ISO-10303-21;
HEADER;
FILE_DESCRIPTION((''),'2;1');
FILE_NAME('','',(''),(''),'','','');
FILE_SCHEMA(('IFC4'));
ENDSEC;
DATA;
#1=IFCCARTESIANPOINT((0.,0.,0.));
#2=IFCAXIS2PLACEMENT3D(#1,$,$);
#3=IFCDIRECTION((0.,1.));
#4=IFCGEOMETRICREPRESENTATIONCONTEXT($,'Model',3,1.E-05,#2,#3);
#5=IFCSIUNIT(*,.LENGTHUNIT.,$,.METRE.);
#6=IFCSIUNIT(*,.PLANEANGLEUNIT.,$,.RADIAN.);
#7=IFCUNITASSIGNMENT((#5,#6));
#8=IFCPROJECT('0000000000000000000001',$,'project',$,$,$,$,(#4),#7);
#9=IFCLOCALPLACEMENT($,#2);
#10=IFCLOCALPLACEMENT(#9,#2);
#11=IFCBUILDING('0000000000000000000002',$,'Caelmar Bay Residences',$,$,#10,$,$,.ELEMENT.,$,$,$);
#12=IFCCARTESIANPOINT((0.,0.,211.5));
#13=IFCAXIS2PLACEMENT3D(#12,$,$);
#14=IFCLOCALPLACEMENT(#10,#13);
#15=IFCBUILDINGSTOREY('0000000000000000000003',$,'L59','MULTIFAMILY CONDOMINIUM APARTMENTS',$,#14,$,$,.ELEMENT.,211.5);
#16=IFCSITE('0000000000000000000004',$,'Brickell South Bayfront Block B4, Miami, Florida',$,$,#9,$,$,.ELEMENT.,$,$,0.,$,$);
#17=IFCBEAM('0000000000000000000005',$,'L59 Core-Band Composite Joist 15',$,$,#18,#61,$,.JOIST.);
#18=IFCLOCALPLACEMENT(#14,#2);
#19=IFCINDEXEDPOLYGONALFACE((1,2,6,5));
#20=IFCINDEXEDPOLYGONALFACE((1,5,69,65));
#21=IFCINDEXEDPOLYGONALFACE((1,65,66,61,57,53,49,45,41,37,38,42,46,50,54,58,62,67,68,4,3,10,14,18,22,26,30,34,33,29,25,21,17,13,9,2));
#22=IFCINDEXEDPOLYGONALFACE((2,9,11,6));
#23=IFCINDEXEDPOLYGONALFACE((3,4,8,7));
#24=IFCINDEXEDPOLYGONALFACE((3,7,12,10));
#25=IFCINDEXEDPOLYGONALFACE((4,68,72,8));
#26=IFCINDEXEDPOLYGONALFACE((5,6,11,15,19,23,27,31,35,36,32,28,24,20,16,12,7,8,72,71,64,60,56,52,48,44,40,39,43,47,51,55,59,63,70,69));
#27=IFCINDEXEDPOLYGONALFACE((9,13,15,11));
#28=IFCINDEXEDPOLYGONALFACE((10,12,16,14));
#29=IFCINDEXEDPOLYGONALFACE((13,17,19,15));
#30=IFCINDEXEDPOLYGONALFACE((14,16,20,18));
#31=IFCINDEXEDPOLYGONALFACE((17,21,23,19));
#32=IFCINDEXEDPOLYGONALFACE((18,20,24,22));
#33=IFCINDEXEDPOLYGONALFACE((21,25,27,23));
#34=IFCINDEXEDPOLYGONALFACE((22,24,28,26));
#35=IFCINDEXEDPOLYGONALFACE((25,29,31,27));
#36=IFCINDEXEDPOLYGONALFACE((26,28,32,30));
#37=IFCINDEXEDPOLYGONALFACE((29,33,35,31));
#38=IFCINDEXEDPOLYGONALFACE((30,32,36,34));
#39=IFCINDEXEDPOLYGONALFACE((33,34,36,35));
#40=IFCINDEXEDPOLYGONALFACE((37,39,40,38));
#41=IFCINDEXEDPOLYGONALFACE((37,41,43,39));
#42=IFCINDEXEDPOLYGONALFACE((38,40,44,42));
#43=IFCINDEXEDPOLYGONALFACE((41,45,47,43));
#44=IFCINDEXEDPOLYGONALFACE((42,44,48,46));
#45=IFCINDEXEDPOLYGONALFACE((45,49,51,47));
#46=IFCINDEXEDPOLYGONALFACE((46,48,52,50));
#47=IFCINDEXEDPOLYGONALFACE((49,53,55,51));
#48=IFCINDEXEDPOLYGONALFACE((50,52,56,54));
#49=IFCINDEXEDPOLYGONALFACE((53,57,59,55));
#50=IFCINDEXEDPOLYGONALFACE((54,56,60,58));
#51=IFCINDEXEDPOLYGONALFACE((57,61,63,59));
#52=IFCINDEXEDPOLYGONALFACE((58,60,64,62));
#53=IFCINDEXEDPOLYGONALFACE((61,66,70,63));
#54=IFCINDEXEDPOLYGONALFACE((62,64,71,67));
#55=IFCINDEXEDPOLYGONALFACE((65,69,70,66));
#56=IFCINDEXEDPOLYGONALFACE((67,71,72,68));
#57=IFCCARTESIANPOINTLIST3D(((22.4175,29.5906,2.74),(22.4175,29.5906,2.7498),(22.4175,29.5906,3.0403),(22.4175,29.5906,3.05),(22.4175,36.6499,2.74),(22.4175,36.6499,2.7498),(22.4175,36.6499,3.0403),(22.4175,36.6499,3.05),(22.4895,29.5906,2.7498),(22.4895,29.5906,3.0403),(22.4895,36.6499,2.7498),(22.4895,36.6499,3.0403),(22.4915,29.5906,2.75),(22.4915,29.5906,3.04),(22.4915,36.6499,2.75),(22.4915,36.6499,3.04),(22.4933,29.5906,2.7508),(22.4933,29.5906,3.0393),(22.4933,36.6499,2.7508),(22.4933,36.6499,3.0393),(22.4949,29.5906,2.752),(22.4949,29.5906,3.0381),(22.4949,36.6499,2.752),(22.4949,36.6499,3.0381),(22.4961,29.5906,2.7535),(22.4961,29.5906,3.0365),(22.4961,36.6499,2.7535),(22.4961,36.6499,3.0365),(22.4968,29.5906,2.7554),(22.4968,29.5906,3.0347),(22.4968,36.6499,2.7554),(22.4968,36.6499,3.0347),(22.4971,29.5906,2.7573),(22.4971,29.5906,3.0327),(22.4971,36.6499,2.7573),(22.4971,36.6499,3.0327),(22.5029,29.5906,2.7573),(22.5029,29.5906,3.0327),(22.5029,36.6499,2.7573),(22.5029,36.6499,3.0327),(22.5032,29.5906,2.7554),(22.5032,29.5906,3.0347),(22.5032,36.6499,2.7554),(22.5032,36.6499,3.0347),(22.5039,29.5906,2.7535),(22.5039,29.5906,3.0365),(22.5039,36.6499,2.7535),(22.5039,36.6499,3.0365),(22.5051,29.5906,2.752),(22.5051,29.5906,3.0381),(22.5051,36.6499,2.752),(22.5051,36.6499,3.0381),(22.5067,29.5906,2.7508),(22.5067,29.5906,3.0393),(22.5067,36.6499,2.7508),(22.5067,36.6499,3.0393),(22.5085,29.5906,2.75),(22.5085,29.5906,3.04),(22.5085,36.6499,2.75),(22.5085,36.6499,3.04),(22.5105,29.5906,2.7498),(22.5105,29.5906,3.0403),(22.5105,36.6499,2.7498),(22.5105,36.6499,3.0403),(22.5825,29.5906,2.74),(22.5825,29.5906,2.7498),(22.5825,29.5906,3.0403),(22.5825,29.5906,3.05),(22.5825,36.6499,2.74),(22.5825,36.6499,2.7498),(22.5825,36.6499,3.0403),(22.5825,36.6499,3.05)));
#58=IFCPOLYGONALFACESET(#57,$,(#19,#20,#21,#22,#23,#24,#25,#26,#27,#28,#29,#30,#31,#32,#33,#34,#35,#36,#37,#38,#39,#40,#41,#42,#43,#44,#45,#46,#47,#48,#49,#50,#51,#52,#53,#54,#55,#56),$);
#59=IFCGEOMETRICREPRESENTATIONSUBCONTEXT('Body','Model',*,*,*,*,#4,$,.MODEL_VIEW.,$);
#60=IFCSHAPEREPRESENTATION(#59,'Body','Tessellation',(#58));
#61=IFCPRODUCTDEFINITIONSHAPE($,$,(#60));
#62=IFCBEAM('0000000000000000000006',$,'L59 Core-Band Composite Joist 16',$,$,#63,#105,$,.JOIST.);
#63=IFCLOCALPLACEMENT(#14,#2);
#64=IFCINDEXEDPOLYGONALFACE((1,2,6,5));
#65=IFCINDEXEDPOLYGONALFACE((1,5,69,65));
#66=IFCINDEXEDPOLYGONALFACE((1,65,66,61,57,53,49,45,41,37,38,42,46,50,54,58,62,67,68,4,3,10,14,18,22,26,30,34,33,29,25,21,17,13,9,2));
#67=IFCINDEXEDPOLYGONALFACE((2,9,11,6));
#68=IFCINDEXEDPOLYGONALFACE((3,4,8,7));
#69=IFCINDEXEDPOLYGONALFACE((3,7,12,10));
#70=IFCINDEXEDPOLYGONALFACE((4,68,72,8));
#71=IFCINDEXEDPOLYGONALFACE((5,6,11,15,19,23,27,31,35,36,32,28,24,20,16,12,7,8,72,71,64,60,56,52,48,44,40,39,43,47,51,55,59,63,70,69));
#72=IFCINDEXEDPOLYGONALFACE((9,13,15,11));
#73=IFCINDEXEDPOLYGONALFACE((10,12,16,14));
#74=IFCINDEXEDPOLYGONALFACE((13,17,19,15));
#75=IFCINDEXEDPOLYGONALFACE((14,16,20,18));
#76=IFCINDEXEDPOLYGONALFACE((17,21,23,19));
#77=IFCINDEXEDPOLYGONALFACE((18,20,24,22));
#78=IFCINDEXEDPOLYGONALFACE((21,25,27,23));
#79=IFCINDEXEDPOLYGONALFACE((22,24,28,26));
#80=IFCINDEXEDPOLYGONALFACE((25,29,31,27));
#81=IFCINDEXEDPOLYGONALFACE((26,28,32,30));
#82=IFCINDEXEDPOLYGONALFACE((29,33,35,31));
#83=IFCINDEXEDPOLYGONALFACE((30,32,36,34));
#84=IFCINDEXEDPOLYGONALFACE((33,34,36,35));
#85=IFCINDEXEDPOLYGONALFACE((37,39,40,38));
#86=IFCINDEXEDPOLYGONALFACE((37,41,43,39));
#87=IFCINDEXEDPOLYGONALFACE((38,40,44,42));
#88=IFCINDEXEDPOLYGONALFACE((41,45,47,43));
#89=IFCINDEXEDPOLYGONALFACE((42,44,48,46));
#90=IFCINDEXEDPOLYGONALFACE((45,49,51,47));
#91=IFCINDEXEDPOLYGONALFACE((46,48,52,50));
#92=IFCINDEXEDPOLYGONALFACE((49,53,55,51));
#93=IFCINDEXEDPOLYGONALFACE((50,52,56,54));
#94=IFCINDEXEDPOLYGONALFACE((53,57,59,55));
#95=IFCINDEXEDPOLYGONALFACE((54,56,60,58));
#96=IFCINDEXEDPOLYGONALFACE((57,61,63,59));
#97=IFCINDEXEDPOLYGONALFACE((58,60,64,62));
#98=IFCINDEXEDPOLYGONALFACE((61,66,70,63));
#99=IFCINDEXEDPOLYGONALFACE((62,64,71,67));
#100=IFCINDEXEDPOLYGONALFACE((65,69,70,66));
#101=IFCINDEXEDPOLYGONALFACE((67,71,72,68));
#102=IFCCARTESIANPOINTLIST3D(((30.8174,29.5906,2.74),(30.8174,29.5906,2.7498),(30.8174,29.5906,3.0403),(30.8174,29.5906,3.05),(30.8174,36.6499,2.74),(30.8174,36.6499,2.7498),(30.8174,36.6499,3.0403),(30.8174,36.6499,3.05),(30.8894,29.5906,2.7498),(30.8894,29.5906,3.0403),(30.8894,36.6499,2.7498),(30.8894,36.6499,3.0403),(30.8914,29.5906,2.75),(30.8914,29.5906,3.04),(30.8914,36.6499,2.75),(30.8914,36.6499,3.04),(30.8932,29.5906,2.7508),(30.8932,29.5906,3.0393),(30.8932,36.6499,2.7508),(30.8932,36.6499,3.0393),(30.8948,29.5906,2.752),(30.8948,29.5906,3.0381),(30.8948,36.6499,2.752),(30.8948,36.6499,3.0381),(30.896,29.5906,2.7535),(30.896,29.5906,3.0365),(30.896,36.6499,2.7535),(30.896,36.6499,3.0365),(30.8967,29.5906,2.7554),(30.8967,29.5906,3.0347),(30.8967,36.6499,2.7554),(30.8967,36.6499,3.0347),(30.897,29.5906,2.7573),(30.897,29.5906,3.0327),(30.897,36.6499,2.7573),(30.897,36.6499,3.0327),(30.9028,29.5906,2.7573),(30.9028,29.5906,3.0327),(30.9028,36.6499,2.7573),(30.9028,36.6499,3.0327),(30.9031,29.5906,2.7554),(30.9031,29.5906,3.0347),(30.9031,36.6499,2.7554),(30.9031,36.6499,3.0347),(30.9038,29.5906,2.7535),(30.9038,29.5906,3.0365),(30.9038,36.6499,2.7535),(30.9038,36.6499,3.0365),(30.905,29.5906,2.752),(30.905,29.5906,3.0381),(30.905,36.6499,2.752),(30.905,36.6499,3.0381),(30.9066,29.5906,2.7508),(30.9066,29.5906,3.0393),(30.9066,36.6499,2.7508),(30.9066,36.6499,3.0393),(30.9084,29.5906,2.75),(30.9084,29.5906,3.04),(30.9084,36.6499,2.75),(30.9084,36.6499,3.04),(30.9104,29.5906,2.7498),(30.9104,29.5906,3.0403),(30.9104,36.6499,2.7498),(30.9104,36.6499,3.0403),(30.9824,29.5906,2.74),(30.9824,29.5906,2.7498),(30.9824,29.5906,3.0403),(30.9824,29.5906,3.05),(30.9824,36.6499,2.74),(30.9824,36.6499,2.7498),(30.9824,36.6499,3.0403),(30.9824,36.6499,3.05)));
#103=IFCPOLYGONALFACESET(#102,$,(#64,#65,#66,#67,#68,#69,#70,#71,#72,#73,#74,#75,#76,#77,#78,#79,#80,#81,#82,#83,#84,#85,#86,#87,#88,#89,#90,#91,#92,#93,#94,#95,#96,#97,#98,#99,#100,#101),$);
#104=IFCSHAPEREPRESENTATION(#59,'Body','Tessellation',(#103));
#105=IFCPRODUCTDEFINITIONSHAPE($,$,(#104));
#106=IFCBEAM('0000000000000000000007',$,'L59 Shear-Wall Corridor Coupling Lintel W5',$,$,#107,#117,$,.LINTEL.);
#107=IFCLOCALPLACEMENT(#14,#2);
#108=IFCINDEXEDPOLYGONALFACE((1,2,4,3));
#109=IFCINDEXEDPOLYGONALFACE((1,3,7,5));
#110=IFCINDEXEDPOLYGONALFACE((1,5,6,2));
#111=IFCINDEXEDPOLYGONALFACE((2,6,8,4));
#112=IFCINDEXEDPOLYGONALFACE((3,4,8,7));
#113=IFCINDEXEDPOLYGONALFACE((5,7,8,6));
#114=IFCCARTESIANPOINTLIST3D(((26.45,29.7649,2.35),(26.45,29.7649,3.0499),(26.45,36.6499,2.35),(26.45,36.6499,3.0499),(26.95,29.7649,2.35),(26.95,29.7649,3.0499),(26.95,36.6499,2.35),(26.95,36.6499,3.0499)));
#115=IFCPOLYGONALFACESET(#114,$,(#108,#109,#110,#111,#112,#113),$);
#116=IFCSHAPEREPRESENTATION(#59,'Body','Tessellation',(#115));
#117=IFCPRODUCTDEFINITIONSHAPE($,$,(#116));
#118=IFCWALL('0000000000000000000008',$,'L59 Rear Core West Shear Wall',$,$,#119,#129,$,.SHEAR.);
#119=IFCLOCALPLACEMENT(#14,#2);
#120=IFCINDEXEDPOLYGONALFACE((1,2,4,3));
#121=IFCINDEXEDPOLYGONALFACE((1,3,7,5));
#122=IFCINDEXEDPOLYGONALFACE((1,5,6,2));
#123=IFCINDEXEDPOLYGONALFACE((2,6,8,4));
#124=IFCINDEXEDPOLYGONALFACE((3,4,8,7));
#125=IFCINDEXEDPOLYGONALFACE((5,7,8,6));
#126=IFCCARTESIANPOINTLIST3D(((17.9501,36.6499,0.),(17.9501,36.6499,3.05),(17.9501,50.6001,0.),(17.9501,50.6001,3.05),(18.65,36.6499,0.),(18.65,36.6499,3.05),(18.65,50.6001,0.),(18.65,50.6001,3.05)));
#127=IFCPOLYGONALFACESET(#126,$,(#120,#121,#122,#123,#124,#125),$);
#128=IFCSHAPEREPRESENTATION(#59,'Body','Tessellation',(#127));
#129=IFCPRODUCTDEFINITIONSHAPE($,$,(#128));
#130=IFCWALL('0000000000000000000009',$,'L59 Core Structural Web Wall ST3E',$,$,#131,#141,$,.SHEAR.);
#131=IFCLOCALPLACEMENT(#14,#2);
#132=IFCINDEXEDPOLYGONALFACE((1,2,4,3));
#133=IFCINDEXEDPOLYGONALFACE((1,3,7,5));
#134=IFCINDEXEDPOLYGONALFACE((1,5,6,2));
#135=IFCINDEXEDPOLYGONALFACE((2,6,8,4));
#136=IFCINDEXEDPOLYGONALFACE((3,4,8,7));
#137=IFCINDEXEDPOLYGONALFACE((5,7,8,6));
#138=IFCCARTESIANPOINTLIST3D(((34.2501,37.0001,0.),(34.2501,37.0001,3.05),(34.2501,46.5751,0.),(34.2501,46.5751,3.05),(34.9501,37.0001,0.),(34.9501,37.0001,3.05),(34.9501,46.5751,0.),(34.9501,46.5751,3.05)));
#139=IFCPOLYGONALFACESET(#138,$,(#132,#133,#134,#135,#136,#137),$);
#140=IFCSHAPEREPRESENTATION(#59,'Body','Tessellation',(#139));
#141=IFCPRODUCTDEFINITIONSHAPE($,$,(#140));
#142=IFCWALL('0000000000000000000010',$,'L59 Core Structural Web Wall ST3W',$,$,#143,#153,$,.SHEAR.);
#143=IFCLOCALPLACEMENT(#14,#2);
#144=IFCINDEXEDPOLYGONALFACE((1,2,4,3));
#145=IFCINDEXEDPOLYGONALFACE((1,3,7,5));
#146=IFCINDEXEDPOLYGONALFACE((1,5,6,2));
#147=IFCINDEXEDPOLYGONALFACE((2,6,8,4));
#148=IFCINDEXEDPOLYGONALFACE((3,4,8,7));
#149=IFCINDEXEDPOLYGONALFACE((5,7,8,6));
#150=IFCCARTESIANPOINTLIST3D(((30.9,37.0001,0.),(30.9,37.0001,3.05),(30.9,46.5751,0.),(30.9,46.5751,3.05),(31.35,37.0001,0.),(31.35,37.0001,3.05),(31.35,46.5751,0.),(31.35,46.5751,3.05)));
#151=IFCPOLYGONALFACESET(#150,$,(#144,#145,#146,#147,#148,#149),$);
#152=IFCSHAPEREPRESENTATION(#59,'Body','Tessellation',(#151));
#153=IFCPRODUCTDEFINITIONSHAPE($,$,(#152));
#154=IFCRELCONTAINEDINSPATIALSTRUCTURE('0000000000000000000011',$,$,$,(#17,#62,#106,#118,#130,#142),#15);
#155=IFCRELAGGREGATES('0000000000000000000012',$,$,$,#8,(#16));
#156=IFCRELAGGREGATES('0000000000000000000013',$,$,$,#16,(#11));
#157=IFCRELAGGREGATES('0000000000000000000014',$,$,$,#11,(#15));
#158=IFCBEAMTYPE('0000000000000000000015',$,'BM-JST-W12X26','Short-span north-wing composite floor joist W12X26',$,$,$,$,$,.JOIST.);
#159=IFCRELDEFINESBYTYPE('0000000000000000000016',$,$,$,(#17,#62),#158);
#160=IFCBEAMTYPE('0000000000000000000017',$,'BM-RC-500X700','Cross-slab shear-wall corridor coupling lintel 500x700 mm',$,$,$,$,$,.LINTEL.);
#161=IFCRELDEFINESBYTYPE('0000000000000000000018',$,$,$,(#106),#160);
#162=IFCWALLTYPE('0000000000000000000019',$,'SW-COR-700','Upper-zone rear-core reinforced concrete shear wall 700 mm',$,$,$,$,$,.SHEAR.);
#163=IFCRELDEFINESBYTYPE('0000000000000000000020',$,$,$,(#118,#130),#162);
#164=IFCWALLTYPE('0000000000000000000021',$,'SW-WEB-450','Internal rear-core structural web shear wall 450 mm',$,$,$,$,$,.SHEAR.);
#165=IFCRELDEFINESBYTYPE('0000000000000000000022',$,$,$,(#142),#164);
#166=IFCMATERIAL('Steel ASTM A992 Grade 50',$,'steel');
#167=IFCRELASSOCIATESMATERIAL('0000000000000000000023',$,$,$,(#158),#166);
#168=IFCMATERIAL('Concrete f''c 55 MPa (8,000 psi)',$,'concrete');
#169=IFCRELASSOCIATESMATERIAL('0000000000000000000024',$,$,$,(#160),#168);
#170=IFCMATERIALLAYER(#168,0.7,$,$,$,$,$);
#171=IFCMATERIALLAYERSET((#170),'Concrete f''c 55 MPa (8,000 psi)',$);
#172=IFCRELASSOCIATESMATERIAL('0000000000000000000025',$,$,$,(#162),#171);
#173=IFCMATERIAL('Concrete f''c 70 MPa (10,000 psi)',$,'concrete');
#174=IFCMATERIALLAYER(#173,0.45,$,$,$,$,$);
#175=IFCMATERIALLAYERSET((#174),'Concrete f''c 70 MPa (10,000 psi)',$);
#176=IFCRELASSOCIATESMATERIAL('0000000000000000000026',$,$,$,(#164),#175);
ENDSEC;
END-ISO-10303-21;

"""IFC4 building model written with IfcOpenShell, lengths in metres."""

from ifc_helpers import new_model, si_unit, direction, frame, frame_2d, origin, origin_2d, place, context, subcontext, project, spatial, rectangle, i_section, extrude, material, layer, layer_set, material_profile, profile_set, type_object, element, save


model = new_model("IFC4")

# Units and contexts
model_context = context("Model", 3, precision=1e-05, world=origin(), true_north=direction((0.0, 1.0)))
body_context = subcontext(model_context, "Body", "Model", "MODEL_VIEW")
ifc_project = project(units=[si_unit("LENGTHUNIT", "METRE"), si_unit("PLANEANGLEUNIT", "RADIAN")], contexts=[model_context])

# Site, building, storey
site_placement = place(None, origin())
site = spatial("IfcSite", under=ifc_project, at=site_placement, Name="Brickell South Bayfront Block B4, Miami, Florida", CompositionType="ELEMENT", RefElevation=0.0)
building_placement = place(site_placement, origin())
building = spatial("IfcBuilding", under=site, at=building_placement, Name="Caelmar Bay Residences", CompositionType="ELEMENT")
storey_placement = place(building_placement, frame((0.0, 0.0, 211.5)))
storey = spatial("IfcBuildingStorey", under=building, at=storey_placement, Name="L59", Description="MULTIFAMILY CONDOMINIUM APARTMENTS", CompositionType="ELEMENT", Elevation=211.5)

# Shared definitions
ifc_material_1 = material(Name="Concrete f'c 55 MPa (8,000 psi)", Category="concrete")

# Beams
ifc_material_2 = material(Name="Steel ASTM A992 Grade 50", Category="steel")
ifc_material_profile_1 = material_profile(ifc_material_2, i_section(OverallWidth=0.165, OverallDepth=0.3101, WebThickness=0.0059, FlangeThickness=0.0098, FilletRadius=0.0076, at=origin_2d()), Name="W12X26")
ifc_profile_set_1 = profile_set([ifc_material_profile_1], Name="Steel ASTM A992 Grade 50")
beam_type_1 = type_object("IfcBeamType", Name="BM-JST-W12X26", Description="Short-span north-wing composite floor joist W12X26", PredefinedType="JOIST", material=ifc_profile_set_1)
for number, where, z_axis, x_axis, name in (
    (1, (22.5, 29.5906, 2.895), (0.0, 1.0, 0.0), (-1.0, 0.0, 0.0), "L59 Core-Band Composite Joist 15"),
    (2, (30.8999, 29.5906, 2.895), (0.0, 1.0, 0.0), (-1.0, 0.0, 0.0), "L59 Core-Band Composite Joist 16"),
):
    element("IfcBeam", number, at=place(storey_placement, frame(where, z_axis=z_axis, x_axis=x_axis)), inside=storey, type_object=beam_type_1, Name=name, PredefinedType="JOIST", context=body_context, shape_type="SweptSolid", body=[
        extrude(i_section(OverallWidth=0.165, OverallDepth=0.3101, WebThickness=0.0059, FlangeThickness=0.0098, FilletRadius=0.0076, at=origin_2d()), origin(), (0.0, 0.0, 1.0), 7.0593),
    ])
ifc_material_profile_2 = material_profile(ifc_material_1, rectangle(XDim=0.5, YDim=0.7, at=origin_2d()), Name="RC-BM-500X700")
ifc_profile_set_2 = profile_set([ifc_material_profile_2], Name="Concrete f'c 55 MPa (8,000 psi)")
beam_type_2 = type_object("IfcBeamType", Name="BM-RC-500X700", Description="Cross-slab shear-wall corridor coupling lintel 500x700 mm", PredefinedType="LINTEL", material=ifc_profile_set_2)
beam_1_placement = place(storey_placement, frame((26.7, 29.7649, 2.7), z_axis=(0.0, 1.0, 0.0), x_axis=(-1.0, 0.0, 0.0)))
element("IfcBeam", 3, at=beam_1_placement, inside=storey, type_object=beam_type_2, Name="L59 Shear-Wall Corridor Coupling Lintel W5", PredefinedType="LINTEL", context=body_context, shape_type="SweptSolid", body=[
    extrude(rectangle(XDim=0.5, YDim=0.7, at=origin_2d()), origin(), (0.0, 0.0, 1.0), 6.885),
])

# Wall
ifc_layer_1 = layer(ifc_material_1, 0.7)
ifc_layer_set_1 = layer_set([ifc_layer_1], Name="Concrete f'c 55 MPa (8,000 psi)")
wall_type_1 = type_object("IfcWallType", Name="SW-COR-700", Description="Upper-zone rear-core reinforced concrete shear wall 700 mm", PredefinedType="SHEAR", material=ifc_layer_set_1)
wall_1_placement = place(storey_placement, frame((18.3, 36.6499, 0.0), z_axis=(0.0, 0.0, 1.0), x_axis=(0.0, 1.0, 0.0)))
element("IfcWall", 4, at=wall_1_placement, inside=storey, type_object=wall_type_1, Name="L59 Rear Core West Shear Wall", PredefinedType="SHEAR", context=body_context, shape_type="SweptSolid", body=[
    extrude(rectangle(XDim=13.9502, YDim=0.7, at=frame_2d((6.9751, 0.0))), origin(), (0.0, 0.0, 1.0), 3.05),
])

# Walls
wall_2_placement = place(storey_placement, frame((34.6001, 37.0, 0.0), z_axis=(0.0, 0.0, 1.0), x_axis=(0.0, 1.0, 0.0)))
element("IfcWall", 5, at=wall_2_placement, inside=storey, type_object=wall_type_1, Name="L59 Core Structural Web Wall ST3E", PredefinedType="SHEAR", context=body_context, shape_type="SweptSolid", body=[
    extrude(rectangle(XDim=9.575, YDim=0.7, at=frame_2d((4.7876, 0.0))), origin(), (0.0, 0.0, 1.0), 3.05),
])
ifc_material_3 = material(Name="Concrete f'c 70 MPa (10,000 psi)", Category="concrete")
ifc_layer_2 = layer(ifc_material_3, 0.45)
ifc_layer_set_2 = layer_set([ifc_layer_2], Name="Concrete f'c 70 MPa (10,000 psi)")
wall_type_2 = type_object("IfcWallType", Name="SW-WEB-450", Description="Internal rear-core structural web shear wall 450 mm", PredefinedType="SHEAR", material=ifc_layer_set_2)
wall_3_placement = place(storey_placement, frame((31.125, 37.0, 0.0), z_axis=(0.0, 0.0, 1.0), x_axis=(0.0, 1.0, 0.0)))
element("IfcWall", 6, at=wall_3_placement, inside=storey, type_object=wall_type_2, Name="L59 Core Structural Web Wall ST3W", PredefinedType="SHEAR", context=body_context, shape_type="SweptSolid", body=[
    extrude(rectangle(XDim=9.575, YDim=0.45, at=frame_2d((4.7876, 0.0))), origin(), (0.0, 0.0, 1.0), 3.05),
])

save(model, "model.ifc")
